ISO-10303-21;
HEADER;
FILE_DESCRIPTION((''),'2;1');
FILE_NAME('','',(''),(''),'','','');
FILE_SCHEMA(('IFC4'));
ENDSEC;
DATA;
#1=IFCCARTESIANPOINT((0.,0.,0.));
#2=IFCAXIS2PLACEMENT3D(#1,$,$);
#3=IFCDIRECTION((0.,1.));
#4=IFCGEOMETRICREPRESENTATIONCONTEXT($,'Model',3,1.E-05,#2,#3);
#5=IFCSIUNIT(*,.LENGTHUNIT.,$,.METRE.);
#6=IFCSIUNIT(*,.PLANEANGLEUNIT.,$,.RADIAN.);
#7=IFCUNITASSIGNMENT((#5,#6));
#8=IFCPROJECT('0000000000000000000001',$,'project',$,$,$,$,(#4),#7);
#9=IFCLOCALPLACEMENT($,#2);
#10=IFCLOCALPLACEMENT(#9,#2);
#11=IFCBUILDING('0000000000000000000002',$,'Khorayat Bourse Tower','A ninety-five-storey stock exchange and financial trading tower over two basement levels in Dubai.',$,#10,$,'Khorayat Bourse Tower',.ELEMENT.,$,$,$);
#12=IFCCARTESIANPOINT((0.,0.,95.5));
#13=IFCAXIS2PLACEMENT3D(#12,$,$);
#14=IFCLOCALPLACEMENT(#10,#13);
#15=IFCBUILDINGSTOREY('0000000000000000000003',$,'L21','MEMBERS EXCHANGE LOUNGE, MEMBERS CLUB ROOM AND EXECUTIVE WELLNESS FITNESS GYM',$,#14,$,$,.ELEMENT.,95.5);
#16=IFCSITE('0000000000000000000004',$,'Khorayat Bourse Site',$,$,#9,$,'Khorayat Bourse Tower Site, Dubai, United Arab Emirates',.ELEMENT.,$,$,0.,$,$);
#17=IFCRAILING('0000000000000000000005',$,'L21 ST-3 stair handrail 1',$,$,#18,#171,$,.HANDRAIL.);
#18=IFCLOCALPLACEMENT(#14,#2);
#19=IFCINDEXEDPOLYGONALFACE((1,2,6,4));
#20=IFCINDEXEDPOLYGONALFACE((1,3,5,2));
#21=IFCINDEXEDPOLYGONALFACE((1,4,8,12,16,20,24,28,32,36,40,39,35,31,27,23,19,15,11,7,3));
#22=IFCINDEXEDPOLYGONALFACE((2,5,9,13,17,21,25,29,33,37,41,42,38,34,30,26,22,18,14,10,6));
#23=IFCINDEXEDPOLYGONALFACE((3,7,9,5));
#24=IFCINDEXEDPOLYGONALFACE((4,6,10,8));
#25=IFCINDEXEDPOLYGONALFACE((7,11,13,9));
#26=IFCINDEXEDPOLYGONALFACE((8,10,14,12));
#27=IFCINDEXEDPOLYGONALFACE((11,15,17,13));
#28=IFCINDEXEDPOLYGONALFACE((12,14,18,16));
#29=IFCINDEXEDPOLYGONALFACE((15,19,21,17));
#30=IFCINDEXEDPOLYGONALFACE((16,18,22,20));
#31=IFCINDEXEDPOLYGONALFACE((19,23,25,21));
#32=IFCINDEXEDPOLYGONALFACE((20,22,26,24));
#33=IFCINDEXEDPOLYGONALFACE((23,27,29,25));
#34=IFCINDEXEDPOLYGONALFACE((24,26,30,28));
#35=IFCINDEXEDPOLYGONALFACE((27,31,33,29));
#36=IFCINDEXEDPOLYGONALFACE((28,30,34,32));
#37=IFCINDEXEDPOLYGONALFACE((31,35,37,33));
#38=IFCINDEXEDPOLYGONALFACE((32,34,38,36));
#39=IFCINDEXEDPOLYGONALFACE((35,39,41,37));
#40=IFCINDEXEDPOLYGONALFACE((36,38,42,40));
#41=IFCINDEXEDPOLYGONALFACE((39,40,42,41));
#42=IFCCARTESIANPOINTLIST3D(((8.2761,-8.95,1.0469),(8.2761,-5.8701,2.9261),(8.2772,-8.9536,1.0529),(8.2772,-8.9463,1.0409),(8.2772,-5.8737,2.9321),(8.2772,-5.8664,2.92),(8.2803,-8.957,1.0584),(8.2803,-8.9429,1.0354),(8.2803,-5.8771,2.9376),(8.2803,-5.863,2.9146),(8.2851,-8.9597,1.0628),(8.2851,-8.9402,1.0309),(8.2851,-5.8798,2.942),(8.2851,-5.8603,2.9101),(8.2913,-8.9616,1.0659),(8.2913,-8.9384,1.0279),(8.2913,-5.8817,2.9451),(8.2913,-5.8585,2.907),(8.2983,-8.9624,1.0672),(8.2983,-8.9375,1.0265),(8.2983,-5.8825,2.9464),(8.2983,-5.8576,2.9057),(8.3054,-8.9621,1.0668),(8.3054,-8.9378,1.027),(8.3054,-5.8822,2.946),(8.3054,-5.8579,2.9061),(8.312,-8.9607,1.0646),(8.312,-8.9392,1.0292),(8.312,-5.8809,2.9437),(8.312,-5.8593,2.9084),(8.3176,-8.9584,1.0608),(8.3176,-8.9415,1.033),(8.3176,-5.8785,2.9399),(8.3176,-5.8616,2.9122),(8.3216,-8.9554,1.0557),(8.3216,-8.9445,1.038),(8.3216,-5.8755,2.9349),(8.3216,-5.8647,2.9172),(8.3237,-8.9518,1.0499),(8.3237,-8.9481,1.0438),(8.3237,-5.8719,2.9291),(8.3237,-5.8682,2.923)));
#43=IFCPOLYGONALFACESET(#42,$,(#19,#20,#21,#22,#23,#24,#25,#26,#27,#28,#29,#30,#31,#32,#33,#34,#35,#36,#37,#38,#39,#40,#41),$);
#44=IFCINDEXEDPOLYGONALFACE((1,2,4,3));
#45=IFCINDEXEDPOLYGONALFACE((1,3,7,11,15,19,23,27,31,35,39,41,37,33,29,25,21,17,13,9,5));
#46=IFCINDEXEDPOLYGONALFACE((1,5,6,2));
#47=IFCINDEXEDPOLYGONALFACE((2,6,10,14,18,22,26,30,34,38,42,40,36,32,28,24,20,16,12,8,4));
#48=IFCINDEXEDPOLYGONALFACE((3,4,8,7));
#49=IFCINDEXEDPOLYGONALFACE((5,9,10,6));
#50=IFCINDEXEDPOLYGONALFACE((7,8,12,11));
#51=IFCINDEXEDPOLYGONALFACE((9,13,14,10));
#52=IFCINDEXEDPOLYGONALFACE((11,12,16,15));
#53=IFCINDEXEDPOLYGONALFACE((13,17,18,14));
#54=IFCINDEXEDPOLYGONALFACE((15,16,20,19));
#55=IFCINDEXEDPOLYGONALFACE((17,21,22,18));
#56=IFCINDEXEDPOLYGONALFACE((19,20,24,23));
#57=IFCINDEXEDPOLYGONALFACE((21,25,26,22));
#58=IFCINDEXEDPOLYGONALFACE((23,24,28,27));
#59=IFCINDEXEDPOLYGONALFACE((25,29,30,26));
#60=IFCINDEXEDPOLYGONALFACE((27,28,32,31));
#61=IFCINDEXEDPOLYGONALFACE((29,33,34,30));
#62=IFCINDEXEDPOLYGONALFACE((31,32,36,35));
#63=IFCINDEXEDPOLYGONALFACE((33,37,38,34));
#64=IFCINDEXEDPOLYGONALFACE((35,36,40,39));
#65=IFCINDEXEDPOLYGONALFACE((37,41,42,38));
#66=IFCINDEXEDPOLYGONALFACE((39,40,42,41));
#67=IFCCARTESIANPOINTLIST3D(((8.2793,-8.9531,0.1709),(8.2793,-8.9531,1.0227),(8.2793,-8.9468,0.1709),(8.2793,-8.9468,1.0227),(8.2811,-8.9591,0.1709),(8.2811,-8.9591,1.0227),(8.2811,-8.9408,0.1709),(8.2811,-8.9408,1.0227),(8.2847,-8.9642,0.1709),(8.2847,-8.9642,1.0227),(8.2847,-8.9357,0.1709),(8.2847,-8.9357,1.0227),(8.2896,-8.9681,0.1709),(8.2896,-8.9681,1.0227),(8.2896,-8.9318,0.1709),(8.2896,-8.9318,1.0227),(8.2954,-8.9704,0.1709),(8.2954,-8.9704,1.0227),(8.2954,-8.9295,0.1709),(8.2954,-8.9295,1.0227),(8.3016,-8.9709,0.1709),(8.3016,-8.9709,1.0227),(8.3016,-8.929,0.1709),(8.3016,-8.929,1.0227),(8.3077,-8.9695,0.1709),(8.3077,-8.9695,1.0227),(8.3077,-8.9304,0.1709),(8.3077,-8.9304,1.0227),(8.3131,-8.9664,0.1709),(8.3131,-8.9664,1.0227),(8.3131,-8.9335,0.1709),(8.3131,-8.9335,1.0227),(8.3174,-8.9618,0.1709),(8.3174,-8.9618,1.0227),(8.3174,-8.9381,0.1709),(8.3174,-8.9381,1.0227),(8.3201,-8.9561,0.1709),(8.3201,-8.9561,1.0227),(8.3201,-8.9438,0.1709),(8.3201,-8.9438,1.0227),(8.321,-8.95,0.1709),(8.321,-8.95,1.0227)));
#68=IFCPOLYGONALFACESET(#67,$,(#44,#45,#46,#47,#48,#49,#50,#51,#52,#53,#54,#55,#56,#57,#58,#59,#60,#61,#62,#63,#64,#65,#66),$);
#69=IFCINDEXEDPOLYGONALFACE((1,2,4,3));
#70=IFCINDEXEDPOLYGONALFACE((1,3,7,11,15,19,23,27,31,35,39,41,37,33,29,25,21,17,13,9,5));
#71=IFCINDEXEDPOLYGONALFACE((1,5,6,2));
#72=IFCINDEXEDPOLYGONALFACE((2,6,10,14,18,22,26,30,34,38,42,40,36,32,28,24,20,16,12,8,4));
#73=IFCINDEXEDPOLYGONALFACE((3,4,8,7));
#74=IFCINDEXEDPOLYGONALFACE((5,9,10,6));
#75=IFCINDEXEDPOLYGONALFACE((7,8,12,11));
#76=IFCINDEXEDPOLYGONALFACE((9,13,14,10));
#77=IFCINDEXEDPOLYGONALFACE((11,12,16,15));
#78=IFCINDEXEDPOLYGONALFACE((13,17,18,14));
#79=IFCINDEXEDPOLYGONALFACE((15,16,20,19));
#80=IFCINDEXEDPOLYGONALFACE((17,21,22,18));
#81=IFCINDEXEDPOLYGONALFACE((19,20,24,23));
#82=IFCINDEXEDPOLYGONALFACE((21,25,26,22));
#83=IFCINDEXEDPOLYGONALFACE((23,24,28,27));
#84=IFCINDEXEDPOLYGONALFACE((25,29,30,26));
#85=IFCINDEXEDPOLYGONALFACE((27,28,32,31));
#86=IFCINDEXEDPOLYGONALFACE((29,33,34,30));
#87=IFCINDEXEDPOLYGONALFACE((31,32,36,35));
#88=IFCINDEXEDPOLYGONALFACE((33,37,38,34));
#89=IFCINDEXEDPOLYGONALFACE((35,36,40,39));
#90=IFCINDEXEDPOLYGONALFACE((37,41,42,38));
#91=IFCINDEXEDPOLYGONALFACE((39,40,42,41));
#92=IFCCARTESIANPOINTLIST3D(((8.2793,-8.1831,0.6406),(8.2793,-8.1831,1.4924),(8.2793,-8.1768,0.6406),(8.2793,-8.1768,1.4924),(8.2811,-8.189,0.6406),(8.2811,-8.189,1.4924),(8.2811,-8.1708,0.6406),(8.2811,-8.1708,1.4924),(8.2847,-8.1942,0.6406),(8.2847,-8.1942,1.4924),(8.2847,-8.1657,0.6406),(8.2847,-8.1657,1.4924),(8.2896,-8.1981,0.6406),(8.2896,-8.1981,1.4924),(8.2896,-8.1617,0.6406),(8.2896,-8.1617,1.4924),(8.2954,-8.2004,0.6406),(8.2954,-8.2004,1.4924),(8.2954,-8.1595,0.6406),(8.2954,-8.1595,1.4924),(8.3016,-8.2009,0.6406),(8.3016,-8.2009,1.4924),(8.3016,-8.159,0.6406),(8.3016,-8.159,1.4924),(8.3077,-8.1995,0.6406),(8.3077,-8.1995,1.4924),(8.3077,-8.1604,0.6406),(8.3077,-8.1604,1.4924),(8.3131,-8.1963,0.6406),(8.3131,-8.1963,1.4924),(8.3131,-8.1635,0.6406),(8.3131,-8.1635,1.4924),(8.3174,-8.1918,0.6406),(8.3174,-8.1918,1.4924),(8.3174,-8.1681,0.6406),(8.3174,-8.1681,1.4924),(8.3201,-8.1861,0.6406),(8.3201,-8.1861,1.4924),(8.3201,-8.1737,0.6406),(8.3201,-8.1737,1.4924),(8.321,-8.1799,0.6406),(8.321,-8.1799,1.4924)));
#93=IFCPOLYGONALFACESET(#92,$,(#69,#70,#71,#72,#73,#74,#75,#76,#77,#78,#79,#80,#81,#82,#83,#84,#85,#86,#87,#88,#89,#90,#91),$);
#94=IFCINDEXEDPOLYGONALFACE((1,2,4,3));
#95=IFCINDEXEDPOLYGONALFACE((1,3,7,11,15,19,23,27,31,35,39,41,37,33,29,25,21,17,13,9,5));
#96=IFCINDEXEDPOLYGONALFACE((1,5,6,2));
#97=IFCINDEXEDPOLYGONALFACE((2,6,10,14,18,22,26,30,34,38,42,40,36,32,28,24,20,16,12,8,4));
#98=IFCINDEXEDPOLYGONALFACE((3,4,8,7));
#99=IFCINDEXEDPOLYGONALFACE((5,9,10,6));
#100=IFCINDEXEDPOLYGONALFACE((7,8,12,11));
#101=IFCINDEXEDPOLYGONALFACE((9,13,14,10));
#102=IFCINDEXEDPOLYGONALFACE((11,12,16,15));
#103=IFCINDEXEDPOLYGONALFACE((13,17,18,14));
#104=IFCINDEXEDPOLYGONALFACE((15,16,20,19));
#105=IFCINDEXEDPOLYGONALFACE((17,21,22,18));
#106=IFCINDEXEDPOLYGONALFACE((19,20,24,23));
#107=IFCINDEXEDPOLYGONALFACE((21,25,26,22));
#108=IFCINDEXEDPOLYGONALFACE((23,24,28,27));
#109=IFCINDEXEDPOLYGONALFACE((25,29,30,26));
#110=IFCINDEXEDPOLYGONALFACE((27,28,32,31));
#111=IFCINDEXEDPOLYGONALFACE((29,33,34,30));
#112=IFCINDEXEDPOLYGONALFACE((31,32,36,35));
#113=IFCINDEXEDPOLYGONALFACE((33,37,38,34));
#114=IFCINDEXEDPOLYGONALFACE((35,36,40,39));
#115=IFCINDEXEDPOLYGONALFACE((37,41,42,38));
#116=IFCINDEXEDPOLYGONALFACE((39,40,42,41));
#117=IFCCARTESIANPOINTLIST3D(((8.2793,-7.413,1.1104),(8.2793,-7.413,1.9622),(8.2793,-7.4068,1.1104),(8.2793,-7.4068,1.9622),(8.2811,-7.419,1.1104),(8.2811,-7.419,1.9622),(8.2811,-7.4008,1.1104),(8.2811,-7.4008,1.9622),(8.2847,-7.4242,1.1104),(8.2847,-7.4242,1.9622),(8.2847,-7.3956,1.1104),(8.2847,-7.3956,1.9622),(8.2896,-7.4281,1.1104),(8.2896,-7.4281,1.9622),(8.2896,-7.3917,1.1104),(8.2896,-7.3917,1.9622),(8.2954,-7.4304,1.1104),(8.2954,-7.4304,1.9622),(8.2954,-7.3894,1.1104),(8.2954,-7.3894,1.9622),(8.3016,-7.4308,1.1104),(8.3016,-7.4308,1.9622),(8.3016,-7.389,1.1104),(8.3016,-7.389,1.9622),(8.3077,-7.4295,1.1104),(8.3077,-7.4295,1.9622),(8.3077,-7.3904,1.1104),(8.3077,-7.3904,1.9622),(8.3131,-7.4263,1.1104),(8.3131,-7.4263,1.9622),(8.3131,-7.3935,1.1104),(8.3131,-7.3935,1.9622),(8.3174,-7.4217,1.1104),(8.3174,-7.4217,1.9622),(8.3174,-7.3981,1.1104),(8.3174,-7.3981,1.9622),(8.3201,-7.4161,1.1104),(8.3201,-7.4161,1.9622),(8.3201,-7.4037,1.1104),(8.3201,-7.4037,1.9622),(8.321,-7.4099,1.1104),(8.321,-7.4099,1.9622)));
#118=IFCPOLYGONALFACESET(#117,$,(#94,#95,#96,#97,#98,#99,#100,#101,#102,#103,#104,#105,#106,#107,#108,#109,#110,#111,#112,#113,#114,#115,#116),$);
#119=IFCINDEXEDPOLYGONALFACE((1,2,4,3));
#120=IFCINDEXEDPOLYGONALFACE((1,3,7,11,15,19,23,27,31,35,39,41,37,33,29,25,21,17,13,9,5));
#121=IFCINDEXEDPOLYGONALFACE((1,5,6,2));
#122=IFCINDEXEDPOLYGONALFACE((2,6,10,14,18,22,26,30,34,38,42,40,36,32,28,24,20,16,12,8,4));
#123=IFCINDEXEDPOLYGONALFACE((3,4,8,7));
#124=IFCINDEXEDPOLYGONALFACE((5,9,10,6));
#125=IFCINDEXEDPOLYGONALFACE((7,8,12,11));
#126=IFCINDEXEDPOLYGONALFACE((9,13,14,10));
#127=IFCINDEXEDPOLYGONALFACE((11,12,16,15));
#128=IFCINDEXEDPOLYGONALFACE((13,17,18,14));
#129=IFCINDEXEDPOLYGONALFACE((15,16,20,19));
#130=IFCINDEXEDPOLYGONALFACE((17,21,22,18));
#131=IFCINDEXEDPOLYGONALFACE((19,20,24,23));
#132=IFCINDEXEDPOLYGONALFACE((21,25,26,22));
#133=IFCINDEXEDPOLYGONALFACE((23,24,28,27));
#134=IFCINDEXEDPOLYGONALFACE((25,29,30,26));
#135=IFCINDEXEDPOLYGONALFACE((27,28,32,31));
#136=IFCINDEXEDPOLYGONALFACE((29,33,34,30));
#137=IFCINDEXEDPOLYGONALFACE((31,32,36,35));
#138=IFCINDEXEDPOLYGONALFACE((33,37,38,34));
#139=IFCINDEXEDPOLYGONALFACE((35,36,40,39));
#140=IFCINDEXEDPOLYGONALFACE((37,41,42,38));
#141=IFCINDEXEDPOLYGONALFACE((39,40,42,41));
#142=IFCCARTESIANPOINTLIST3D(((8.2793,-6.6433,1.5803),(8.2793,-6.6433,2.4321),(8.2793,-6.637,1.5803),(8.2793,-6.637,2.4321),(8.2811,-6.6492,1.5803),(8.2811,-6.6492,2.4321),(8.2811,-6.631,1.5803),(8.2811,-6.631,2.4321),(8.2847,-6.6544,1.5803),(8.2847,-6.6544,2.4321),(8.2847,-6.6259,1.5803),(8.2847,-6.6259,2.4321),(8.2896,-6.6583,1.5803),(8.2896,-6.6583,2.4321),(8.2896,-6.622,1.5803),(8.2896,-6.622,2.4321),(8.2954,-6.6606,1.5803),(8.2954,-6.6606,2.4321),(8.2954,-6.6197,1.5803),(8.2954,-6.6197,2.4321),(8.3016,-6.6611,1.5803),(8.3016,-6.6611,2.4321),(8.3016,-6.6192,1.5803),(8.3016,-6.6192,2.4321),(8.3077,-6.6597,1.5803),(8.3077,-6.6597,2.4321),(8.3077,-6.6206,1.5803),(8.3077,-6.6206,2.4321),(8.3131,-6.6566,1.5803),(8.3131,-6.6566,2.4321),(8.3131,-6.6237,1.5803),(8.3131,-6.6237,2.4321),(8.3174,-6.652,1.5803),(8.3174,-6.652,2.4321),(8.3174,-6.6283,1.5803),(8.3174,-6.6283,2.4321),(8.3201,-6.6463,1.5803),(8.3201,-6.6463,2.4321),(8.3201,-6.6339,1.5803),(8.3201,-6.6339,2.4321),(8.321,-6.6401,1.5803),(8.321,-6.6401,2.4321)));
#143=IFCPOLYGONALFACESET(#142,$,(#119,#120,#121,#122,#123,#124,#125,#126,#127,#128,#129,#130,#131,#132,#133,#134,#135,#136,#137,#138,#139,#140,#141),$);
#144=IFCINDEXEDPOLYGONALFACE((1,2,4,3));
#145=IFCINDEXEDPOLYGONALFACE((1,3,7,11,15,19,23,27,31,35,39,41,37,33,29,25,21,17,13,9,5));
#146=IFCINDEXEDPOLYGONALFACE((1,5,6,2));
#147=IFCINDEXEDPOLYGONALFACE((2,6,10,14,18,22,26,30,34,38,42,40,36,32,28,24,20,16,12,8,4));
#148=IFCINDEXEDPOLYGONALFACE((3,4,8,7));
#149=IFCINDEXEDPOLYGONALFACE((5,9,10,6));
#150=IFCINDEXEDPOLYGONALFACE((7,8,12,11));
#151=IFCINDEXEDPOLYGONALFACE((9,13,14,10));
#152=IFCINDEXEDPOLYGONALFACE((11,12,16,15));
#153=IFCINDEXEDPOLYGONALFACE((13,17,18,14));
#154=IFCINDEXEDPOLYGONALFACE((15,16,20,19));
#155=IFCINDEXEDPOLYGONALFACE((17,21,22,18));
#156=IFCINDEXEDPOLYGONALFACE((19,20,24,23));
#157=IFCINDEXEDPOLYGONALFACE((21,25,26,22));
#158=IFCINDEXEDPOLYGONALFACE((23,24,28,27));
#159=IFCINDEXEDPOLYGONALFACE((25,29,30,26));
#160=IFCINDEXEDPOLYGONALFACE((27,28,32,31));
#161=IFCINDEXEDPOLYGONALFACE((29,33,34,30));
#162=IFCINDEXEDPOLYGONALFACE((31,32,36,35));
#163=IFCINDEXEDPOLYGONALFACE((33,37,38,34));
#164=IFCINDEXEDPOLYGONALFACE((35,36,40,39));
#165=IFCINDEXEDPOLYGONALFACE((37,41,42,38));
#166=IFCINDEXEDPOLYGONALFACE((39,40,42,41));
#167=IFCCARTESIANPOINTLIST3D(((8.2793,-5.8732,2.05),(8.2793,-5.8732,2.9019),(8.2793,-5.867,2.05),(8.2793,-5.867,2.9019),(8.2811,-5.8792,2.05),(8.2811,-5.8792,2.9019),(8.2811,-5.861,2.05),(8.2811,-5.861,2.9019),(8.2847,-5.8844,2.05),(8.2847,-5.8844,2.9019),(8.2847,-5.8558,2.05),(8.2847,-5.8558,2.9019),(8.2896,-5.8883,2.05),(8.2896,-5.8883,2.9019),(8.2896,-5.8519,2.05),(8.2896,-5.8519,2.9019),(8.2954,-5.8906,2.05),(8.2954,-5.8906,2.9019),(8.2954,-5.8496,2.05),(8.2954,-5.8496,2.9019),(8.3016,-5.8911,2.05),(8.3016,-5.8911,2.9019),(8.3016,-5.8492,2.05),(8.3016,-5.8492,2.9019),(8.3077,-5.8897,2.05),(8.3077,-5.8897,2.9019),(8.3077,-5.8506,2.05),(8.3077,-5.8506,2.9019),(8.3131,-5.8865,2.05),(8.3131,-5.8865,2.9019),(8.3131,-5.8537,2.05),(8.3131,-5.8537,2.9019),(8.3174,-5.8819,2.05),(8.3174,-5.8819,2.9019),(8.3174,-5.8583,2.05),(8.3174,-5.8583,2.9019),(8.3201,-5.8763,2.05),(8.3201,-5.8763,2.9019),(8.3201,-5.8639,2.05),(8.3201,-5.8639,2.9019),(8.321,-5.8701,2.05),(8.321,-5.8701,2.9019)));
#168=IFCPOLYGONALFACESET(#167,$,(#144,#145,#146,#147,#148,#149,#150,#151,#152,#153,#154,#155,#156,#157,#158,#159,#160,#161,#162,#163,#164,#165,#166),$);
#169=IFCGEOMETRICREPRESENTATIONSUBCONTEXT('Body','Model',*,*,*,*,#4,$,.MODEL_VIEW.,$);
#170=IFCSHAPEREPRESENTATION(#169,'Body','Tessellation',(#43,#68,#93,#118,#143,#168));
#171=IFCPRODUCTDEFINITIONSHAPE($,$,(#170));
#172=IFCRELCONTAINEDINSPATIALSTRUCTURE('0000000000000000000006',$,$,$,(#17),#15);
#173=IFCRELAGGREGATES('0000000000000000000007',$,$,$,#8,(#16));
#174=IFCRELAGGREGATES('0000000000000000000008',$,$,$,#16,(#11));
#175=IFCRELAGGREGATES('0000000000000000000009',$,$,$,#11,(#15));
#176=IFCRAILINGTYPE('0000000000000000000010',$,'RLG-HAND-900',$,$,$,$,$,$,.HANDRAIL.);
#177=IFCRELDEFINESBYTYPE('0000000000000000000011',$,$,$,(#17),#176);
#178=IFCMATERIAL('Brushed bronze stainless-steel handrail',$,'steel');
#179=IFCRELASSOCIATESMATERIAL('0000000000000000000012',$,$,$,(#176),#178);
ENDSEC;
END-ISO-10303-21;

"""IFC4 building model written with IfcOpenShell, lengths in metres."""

from ifc_helpers import new_model, si_unit, direction, frame, origin, origin_2d, place, context, subcontext, project, spatial, circle, extrude, source, transform, mapped, material, type_object, element, save


model = new_model("IFC4")

# Units and contexts
model_context = context("Model", 3, precision=1e-05, world=origin(), true_north=direction((0.0, 1.0)))
body_context = subcontext(model_context, "Body", "Model", "MODEL_VIEW")
ifc_project = project(units=[si_unit("LENGTHUNIT", "METRE"), si_unit("PLANEANGLEUNIT", "RADIAN")], contexts=[model_context])

# Site, building, storey
site_placement = place(None, origin())
site = spatial("IfcSite", under=ifc_project, at=site_placement, Name="Khorayat Bourse Site", LongName="Khorayat Bourse Tower Site, Dubai, United Arab Emirates", CompositionType="ELEMENT", RefElevation=0.0)
building_placement = place(site_placement, origin())
building = spatial("IfcBuilding", under=site, at=building_placement, Name="Khorayat Bourse Tower", Description="A ninety-five-storey stock exchange and financial trading tower over two basement levels in Dubai.", LongName="Khorayat Bourse Tower", CompositionType="ELEMENT")
storey_placement = place(building_placement, frame((0.0, 0.0, 95.5)))
storey = spatial("IfcBuildingStorey", under=building, at=storey_placement, Name="L21", Description="MEMBERS EXCHANGE LOUNGE, MEMBERS CLUB ROOM AND EXECUTIVE WELLNESS FITNESS GYM", CompositionType="ELEMENT", Elevation=95.5)

# Railing
ifc_material_1 = material(Name="Brushed bronze stainless-steel handrail", Category="steel")
railing_type_1 = type_object("IfcRailingType", Name="RLG-HAND-900", PredefinedType="HANDRAIL", material=ifc_material_1)
shared_shape_1 = source(origin(), body_context, "Body", "SweptSolid", [
    extrude(circle(Radius=0.0239, at=origin_2d()), frame((0.0, 0.0, 0.876), z_axis=(0.0, 0.853648, 0.52085), x_axis=(-1.0, 0.0, 0.0)), (0.0, 0.0, 1.0), 3.6079),
    extrude(circle(Radius=0.021, at=origin_2d()), origin(), (0.0, 0.0, 1.0), 0.8518),
    extrude(circle(Radius=0.021, at=origin_2d()), frame((0.0, 0.77, 0.4697)), (0.0, 0.0, 1.0), 0.8518),
    extrude(circle(Radius=0.021, at=origin_2d()), frame((0.0, 1.54, 0.9395)), (0.0, 0.0, 1.0), 0.8518),
    extrude(circle(Radius=0.021, at=origin_2d()), frame((0.0, 2.3098, 1.4094)), (0.0, 0.0, 1.0), 0.8518),
    extrude(circle(Radius=0.021, at=origin_2d()), frame((0.0, 3.0798, 1.8792)), (0.0, 0.0, 1.0), 0.8518),
])
railing_1_placement = place(storey_placement, frame((8.3, -8.95, 0.1709)))
element("IfcRailing", 1, at=railing_1_placement, inside=storey, type_object=railing_type_1, Name="L21 ST-3 stair handrail 1", PredefinedType="HANDRAIL", context=body_context, shape_type="MappedRepresentation", body=[
    mapped(shared_shape_1, transform((0.0, 0.0, 0.0), scale=1.0)),
])

save(model, "model.ifc")
